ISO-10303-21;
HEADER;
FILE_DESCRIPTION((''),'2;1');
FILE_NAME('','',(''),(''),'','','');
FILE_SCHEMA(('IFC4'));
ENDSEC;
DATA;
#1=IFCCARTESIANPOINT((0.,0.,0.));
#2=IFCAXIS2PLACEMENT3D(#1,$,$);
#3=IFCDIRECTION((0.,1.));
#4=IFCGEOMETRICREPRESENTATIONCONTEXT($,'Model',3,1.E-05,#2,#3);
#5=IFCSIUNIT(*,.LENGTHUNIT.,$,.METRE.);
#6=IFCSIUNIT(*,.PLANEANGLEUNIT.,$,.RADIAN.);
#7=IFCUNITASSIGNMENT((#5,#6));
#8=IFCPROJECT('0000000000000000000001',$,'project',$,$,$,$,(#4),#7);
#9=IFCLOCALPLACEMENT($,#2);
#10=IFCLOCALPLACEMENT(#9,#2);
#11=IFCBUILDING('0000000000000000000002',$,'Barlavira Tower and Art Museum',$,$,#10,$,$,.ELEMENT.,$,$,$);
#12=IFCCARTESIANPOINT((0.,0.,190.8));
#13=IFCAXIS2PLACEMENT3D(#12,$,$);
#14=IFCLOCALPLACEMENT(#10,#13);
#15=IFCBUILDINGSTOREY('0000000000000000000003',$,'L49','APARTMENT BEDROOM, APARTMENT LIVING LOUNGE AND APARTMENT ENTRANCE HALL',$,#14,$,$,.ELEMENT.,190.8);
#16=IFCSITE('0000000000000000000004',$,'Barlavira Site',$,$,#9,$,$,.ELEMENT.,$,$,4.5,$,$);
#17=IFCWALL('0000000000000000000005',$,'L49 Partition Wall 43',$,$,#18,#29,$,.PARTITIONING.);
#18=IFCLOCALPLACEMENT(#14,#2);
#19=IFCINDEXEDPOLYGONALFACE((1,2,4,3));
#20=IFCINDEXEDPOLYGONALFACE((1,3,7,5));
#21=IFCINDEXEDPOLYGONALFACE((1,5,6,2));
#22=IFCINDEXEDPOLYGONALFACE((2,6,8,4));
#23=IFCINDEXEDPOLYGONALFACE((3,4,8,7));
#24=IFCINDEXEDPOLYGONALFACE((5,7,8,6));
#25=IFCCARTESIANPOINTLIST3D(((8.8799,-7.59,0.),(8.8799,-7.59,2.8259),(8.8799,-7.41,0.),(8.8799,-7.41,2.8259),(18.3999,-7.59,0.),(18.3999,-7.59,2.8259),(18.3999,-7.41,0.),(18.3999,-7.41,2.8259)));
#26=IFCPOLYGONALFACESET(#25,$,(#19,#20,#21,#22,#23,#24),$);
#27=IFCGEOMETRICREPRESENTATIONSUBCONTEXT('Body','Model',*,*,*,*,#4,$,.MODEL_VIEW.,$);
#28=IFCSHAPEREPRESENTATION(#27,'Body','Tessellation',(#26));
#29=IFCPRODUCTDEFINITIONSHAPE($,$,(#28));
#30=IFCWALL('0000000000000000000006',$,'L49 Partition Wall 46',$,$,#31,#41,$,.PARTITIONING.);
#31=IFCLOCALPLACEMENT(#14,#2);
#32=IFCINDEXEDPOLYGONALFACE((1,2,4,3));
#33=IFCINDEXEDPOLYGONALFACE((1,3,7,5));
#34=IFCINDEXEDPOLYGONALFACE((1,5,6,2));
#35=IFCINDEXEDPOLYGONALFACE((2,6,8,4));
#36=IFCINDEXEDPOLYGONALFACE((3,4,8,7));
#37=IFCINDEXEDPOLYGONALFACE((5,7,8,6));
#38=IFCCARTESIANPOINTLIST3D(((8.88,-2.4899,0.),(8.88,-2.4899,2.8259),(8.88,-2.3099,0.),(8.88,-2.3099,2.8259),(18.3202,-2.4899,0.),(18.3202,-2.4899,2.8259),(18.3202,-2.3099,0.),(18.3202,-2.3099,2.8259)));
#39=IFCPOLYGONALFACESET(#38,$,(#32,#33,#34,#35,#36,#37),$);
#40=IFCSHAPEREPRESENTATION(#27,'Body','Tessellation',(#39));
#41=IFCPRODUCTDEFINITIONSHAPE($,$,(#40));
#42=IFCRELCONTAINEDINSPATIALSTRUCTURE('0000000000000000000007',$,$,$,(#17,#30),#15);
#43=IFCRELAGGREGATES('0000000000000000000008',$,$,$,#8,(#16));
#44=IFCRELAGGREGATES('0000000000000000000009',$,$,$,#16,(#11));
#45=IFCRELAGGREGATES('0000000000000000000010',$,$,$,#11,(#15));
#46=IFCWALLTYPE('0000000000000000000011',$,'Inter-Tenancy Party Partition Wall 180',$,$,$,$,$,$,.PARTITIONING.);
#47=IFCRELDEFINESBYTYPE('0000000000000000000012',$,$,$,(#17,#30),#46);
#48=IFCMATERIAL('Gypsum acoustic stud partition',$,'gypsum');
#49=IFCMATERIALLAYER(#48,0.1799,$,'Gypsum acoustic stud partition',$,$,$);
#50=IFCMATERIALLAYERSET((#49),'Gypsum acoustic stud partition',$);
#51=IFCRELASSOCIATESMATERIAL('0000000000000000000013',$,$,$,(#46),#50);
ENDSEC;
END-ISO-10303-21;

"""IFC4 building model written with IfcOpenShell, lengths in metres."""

from ifc_helpers import new_model, si_unit, direction, frame, frame_2d, origin, place, context, subcontext, project, spatial, rectangle, extrude, material, layer, layer_set, type_object, element, save


model = new_model("IFC4")

# Units and contexts
model_context = context("Model", 3, precision=1e-05, world=origin(), true_north=direction((0.0, 1.0)))
body_context = subcontext(model_context, "Body", "Model", "MODEL_VIEW")
ifc_project = project(units=[si_unit("LENGTHUNIT", "METRE"), si_unit("PLANEANGLEUNIT", "RADIAN")], contexts=[model_context])

# Site, building, storey
site_placement = place(None, origin())
site = spatial("IfcSite", under=ifc_project, at=site_placement, Name="Barlavira Site", CompositionType="ELEMENT", RefElevation=4.5)
building_placement = place(site_placement, origin())
building = spatial("IfcBuilding", under=site, at=building_placement, Name="Barlavira Tower and Art Museum", CompositionType="ELEMENT")
storey_placement = place(building_placement, frame((0.0, 0.0, 190.8)))
storey = spatial("IfcBuildingStorey", under=building, at=storey_placement, Name="L49", Description="APARTMENT BEDROOM, APARTMENT LIVING LOUNGE AND APARTMENT ENTRANCE HALL", CompositionType="ELEMENT", Elevation=190.8)

# Shared definitions
ifc_material_1 = material(Name="Gypsum acoustic stud partition", Category="gypsum")
ifc_layer_1 = layer(ifc_material_1, 0.1799, Name="Gypsum acoustic stud partition")
ifc_layer_set_1 = layer_set([ifc_layer_1], Name="Gypsum acoustic stud partition")
wall_type = type_object("IfcWallType", Name="Inter-Tenancy Party Partition Wall 180", PredefinedType="PARTITIONING", material=ifc_layer_set_1)

# Walls
wall_1_placement = place(storey_placement, frame((8.8799, -7.5, 0.0), z_axis=(0.0, 0.0, 1.0), x_axis=(1.0, 0.0, 0.0)))
element("IfcWall", 1, at=wall_1_placement, inside=storey, type_object=wall_type, Name="L49 Partition Wall 43", PredefinedType="PARTITIONING", context=body_context, shape_type="SweptSolid", body=[
    extrude(rectangle(XDim=9.52, YDim=0.1799, at=frame_2d((4.76, 0.0))), origin(), (0.0, 0.0, 1.0), 2.8259),
])
wall_2_placement = place(storey_placement, frame((8.8799, -2.3999, 0.0), z_axis=(0.0, 0.0, 1.0), x_axis=(1.0, 0.0, 0.0)))
element("IfcWall", 2, at=wall_2_placement, inside=storey, type_object=wall_type, Name="L49 Partition Wall 46", PredefinedType="PARTITIONING", context=body_context, shape_type="SweptSolid", body=[
    extrude(rectangle(XDim=9.4402, YDim=0.1799, at=frame_2d((4.7202, 0.0))), origin(), (0.0, 0.0, 1.0), 2.8259),
])

save(model, "model.ifc")
